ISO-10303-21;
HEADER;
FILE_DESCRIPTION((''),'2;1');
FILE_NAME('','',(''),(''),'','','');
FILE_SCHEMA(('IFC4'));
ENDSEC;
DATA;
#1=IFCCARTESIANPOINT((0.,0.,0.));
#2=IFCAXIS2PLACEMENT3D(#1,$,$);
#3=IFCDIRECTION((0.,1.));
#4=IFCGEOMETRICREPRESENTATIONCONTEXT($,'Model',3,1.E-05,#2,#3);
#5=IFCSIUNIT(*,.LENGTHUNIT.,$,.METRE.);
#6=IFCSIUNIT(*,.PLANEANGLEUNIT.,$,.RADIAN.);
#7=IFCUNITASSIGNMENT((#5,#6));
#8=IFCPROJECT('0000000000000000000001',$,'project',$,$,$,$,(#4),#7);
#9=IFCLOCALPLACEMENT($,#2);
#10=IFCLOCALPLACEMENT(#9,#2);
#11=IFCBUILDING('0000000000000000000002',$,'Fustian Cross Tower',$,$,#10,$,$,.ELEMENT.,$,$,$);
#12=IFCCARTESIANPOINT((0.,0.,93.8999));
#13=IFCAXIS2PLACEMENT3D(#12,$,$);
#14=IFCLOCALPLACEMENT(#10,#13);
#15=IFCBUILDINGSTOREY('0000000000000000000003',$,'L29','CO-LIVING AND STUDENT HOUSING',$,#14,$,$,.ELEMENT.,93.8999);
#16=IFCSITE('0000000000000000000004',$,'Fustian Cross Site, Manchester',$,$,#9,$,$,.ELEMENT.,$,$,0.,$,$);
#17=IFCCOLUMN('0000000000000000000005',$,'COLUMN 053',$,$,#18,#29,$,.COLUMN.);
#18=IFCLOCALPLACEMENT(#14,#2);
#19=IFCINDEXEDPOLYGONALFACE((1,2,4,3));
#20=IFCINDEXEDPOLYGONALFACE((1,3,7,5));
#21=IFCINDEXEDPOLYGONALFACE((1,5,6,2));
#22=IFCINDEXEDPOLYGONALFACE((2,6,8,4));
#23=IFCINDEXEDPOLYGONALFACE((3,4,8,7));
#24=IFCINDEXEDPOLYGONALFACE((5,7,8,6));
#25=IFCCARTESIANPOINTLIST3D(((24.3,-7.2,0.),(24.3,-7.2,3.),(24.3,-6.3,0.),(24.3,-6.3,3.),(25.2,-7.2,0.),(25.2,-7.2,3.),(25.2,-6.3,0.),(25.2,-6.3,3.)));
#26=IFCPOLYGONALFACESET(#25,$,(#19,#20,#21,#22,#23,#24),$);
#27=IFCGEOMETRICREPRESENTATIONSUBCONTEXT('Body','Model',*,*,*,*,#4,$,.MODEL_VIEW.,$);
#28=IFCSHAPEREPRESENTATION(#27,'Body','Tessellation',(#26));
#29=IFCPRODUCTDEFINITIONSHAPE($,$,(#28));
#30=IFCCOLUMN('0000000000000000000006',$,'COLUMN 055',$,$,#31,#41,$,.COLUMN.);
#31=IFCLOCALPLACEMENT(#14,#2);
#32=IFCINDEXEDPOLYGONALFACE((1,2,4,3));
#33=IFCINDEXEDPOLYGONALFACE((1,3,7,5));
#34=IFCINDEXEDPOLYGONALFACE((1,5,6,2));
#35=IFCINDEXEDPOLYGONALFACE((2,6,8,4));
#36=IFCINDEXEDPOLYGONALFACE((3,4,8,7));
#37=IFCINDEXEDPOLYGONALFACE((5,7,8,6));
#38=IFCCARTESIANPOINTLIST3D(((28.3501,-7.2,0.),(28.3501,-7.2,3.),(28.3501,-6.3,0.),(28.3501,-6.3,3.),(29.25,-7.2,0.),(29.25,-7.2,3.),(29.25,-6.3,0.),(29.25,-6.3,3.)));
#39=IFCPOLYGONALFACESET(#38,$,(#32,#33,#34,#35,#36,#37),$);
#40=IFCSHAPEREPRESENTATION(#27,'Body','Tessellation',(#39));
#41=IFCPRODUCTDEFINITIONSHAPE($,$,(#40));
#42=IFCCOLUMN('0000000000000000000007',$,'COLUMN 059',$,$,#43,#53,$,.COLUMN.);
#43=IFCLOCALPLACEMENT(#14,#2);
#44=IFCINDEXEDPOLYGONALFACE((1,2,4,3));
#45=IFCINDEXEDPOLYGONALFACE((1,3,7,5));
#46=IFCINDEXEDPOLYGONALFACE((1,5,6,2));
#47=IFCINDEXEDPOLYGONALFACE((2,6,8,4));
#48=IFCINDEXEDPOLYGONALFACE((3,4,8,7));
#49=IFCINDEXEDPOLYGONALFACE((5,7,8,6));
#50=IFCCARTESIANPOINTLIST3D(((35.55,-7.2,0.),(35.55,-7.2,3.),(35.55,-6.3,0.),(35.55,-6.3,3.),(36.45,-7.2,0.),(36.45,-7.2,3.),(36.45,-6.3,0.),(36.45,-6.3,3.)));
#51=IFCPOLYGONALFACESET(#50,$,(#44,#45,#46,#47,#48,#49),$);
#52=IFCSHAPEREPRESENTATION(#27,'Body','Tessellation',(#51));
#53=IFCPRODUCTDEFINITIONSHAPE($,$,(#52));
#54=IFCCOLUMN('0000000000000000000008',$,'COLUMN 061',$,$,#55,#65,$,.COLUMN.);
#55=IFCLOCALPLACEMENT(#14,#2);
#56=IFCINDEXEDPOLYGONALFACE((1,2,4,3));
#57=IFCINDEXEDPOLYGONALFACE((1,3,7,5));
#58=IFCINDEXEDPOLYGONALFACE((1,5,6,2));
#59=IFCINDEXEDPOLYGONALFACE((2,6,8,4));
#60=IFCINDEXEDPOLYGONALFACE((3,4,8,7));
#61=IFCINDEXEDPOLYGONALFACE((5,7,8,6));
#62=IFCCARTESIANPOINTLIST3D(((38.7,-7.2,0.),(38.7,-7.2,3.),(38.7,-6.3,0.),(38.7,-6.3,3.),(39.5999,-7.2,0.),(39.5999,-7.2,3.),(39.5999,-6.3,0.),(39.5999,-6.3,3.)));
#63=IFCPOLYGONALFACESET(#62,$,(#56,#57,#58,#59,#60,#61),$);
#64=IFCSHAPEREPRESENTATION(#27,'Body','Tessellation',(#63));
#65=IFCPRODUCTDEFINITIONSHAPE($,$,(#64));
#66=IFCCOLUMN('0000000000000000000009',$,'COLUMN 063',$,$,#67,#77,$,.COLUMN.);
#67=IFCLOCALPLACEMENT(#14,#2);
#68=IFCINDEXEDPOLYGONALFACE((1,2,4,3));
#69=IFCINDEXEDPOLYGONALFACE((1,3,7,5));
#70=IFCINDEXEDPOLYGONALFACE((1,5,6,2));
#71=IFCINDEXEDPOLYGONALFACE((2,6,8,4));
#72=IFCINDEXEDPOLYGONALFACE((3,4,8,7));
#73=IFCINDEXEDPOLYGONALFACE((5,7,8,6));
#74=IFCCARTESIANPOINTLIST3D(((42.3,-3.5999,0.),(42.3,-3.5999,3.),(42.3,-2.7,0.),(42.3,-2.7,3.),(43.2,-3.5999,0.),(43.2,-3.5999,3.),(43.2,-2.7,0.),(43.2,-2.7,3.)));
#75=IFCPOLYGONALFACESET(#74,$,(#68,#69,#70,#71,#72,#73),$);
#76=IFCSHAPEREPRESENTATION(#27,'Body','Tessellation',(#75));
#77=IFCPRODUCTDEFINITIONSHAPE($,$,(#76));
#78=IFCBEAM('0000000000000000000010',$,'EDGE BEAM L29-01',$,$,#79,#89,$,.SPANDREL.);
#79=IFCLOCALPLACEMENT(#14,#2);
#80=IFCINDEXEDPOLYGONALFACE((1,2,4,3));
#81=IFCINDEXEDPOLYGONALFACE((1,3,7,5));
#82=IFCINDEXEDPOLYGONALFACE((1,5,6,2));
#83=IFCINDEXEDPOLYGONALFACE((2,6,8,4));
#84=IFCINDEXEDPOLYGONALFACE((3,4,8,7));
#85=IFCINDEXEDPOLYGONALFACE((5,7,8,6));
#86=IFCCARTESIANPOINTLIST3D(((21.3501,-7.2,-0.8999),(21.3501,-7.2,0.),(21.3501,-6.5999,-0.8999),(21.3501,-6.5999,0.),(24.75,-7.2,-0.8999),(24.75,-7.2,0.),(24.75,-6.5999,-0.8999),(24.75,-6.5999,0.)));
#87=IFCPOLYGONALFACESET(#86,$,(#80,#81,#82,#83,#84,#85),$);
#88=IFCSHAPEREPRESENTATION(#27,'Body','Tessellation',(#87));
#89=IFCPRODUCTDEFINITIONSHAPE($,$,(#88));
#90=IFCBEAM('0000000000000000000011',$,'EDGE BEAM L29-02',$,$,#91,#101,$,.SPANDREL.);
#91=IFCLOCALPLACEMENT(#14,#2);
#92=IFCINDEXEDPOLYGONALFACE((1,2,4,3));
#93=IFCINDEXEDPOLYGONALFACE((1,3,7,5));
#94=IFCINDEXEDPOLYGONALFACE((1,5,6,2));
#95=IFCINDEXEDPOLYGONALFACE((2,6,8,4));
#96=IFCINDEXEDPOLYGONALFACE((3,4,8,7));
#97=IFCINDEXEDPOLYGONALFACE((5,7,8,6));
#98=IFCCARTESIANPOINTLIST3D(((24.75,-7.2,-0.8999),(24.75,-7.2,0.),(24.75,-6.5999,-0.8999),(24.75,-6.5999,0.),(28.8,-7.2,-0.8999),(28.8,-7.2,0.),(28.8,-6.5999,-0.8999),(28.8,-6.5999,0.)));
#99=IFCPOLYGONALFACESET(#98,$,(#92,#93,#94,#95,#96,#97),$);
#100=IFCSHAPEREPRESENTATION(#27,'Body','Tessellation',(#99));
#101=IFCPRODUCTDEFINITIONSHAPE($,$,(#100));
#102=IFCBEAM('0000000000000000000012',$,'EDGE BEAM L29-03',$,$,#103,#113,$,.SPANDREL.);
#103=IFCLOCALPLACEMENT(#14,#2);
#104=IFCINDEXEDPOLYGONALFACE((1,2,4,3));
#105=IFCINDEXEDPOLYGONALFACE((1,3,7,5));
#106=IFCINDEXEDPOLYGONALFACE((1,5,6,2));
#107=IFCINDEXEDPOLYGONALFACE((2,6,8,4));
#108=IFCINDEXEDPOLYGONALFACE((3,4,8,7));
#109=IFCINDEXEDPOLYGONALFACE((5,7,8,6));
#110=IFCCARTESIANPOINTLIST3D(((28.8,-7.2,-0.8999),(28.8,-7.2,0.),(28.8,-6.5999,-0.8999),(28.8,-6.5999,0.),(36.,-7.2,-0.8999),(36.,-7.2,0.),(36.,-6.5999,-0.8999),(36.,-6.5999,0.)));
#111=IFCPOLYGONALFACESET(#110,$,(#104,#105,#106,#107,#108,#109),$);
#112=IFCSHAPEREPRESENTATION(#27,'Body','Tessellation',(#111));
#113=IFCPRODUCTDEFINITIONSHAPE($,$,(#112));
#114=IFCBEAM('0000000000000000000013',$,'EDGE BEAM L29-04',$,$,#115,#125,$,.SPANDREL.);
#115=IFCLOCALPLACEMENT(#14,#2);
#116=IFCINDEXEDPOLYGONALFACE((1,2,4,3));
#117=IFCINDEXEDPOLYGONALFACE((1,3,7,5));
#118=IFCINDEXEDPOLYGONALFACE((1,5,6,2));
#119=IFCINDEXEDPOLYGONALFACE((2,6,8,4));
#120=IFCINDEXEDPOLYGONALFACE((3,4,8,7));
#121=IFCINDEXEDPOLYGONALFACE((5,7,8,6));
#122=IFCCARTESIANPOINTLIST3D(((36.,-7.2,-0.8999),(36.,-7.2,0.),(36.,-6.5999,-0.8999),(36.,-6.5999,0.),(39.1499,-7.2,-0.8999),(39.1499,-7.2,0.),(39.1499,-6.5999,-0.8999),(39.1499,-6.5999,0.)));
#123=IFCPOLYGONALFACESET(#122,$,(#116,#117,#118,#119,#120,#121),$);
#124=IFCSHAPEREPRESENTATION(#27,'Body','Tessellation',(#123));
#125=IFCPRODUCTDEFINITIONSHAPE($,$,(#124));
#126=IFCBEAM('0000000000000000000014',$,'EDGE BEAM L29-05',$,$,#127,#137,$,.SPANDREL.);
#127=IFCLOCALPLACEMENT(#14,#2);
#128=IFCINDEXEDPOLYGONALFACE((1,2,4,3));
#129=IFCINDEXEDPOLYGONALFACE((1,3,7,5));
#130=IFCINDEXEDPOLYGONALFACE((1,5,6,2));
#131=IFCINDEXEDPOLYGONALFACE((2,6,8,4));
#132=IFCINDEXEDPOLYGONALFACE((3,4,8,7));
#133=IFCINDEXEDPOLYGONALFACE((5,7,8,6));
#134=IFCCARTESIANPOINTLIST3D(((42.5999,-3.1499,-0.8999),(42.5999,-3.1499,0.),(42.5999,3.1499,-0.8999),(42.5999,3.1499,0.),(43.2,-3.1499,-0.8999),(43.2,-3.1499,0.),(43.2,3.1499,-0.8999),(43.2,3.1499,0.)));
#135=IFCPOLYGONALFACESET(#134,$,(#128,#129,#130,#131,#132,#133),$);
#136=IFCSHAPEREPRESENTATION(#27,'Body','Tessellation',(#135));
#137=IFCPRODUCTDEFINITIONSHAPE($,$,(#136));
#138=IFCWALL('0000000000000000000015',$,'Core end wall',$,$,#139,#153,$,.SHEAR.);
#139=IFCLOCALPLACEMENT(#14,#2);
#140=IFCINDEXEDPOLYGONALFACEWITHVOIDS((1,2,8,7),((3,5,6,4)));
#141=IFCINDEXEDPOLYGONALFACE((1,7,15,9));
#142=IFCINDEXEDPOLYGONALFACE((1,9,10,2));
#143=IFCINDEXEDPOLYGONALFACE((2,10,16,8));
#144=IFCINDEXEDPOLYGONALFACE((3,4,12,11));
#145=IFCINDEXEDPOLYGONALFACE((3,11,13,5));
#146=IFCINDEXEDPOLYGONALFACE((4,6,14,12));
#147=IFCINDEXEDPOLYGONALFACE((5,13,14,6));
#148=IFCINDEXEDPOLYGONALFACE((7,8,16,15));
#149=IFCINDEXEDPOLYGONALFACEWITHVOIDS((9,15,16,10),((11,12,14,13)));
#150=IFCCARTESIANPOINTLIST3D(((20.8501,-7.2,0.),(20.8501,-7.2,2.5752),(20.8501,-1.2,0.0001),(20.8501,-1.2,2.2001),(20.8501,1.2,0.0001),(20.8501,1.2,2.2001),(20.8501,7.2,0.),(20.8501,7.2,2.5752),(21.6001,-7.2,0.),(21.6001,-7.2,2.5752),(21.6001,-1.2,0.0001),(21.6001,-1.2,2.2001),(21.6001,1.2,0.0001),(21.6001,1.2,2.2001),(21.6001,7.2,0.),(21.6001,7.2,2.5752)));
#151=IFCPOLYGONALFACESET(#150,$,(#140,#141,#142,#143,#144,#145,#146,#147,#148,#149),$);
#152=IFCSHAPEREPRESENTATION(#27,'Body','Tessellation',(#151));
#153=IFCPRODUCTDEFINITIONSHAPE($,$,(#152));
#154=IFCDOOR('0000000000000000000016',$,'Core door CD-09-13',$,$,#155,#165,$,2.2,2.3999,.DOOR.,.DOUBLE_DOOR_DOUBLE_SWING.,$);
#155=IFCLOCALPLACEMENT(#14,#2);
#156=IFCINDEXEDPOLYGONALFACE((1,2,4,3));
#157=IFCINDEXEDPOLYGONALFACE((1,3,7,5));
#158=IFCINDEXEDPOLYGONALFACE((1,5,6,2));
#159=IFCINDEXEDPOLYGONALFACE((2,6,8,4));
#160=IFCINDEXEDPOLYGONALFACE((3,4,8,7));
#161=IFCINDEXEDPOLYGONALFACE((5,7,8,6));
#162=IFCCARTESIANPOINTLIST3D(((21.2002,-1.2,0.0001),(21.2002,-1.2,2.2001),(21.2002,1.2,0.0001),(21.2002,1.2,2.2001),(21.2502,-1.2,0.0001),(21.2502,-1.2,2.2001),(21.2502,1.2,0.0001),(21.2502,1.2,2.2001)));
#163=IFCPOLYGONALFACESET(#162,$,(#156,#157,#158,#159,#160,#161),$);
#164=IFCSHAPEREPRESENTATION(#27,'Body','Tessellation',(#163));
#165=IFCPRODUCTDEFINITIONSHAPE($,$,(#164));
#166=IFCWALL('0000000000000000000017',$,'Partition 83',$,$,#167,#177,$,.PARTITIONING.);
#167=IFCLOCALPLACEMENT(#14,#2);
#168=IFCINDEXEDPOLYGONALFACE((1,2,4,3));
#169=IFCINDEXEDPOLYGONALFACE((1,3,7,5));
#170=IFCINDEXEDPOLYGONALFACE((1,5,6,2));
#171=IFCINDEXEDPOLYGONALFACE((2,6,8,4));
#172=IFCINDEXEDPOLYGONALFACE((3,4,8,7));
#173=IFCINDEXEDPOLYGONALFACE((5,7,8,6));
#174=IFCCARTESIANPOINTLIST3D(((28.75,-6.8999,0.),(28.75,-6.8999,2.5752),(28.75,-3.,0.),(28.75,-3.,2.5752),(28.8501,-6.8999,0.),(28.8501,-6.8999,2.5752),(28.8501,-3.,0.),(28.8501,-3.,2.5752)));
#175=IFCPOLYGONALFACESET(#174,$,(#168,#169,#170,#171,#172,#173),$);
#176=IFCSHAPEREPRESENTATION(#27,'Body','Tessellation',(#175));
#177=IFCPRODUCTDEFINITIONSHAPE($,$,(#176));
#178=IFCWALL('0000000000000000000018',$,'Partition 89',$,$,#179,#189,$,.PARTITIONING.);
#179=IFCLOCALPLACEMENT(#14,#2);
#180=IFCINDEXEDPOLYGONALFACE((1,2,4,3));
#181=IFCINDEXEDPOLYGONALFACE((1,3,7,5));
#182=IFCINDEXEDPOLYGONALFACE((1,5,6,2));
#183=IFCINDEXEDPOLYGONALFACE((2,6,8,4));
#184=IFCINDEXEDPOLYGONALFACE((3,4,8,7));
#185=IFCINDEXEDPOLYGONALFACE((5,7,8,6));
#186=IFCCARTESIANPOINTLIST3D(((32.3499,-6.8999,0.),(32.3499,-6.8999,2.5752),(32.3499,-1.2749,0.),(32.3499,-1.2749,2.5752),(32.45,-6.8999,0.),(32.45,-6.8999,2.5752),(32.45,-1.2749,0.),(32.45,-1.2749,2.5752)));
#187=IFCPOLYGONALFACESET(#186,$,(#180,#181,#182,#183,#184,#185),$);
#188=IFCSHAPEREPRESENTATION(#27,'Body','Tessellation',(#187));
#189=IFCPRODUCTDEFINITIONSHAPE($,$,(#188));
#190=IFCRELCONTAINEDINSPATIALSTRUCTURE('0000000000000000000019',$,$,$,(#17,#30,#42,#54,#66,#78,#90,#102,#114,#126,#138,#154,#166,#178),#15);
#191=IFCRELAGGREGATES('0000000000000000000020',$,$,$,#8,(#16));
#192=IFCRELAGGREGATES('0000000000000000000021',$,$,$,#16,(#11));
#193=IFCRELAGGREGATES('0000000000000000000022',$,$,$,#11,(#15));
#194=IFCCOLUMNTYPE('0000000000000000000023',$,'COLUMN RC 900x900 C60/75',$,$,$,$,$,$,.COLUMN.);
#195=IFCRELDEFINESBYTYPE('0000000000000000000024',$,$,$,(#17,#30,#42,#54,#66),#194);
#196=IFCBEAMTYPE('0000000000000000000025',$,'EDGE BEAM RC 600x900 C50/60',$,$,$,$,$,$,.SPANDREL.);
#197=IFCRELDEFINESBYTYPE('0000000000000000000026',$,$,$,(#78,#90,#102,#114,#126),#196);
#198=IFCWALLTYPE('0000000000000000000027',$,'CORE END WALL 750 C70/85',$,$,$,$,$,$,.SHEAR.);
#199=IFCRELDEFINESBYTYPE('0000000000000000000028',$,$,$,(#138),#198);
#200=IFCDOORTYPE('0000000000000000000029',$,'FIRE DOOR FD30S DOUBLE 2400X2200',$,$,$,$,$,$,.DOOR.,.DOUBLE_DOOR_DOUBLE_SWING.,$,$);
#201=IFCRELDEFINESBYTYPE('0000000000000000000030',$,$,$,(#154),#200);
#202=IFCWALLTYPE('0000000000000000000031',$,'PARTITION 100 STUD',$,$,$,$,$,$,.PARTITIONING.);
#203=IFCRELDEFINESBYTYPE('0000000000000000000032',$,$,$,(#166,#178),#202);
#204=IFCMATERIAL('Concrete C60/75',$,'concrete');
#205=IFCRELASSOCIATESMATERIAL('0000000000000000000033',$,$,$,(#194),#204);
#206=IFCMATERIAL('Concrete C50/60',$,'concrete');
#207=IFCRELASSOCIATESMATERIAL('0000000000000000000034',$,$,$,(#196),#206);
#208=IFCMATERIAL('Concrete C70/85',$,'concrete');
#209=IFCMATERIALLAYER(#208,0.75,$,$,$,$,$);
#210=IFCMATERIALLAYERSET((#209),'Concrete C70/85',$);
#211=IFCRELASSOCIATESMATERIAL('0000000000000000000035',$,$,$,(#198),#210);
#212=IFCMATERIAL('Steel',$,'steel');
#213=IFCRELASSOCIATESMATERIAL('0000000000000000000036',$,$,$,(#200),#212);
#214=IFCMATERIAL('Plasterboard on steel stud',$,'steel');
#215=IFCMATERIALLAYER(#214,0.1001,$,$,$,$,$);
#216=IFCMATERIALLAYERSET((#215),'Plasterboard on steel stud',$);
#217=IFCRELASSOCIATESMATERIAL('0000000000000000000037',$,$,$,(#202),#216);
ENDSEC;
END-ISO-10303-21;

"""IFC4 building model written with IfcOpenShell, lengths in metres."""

from ifc_helpers import new_model, si_unit, direction, frame, frame_2d, origin, origin_2d, place, context, subcontext, project, spatial, rectangle, extrude, material, layer, layer_set, material_profile, profile_set, type_object, element, fill, save


model = new_model("IFC4")

# Units and contexts
model_context = context("Model", 3, precision=1e-05, world=origin(), true_north=direction((0.0, 1.0)))
body_context = subcontext(model_context, "Body", "Model", "MODEL_VIEW")
ifc_project = project(units=[si_unit("LENGTHUNIT", "METRE"), si_unit("PLANEANGLEUNIT", "RADIAN")], contexts=[model_context])

# Site, building, storey
site_placement = place(None, origin())
site = spatial("IfcSite", under=ifc_project, at=site_placement, Name="Fustian Cross Site, Manchester", CompositionType="ELEMENT", RefElevation=0.0)
building_placement = place(site_placement, origin())
building = spatial("IfcBuilding", under=site, at=building_placement, Name="Fustian Cross Tower", CompositionType="ELEMENT")
storey_placement = place(building_placement, frame((0.0, 0.0, 93.8999)))
storey = spatial("IfcBuildingStorey", under=building, at=storey_placement, Name="L29", Description="CO-LIVING AND STUDENT HOUSING", CompositionType="ELEMENT", Elevation=93.8999)

# Columns
ifc_material_1 = material(Name="Concrete C60/75", Category="concrete")
ifc_material_profile_1 = material_profile(ifc_material_1, rectangle(XDim=0.8999, YDim=0.8999, at=origin_2d()), Name="RC 900x900")
ifc_profile_set_1 = profile_set([ifc_material_profile_1], Name="Concrete C60/75")
column_type = type_object("IfcColumnType", Name="COLUMN RC 900x900 C60/75", PredefinedType="COLUMN", material=ifc_profile_set_1)
for number, where, z_axis, x_axis, name in (
    (1, (24.75, -6.75, 0.0), (0.0, 0.0, 1.0), (1.0, 0.0, 0.0), "COLUMN 053"),
    (2, (28.8, -6.75, 0.0), (0.0, 0.0, 1.0), (1.0, 0.0, 0.0), "COLUMN 055"),
    (3, (36.0, -6.75, 0.0), (0.0, 0.0, 1.0), (1.0, 0.0, 0.0), "COLUMN 059"),
    (4, (39.1499, -6.75, 0.0), (0.0, 0.0, 1.0), (1.0, 0.0, 0.0), "COLUMN 061"),
    (5, (42.75, -3.1499, 0.0), (0.0, 0.0, 1.0), (1.0, 0.0, 0.0), "COLUMN 063"),
):
    element("IfcColumn", number, at=place(storey_placement, frame(where, z_axis=z_axis, x_axis=x_axis)), inside=storey, type_object=column_type, Name=name, PredefinedType="COLUMN", context=body_context, shape_type="SweptSolid", body=[
        extrude(rectangle(XDim=0.8999, YDim=0.8999, at=origin_2d()), origin(), (0.0, 0.0, 1.0), 3.0),
    ])

# Beams
ifc_material_2 = material(Name="Concrete C50/60", Category="concrete")
ifc_material_profile_2 = material_profile(ifc_material_2, rectangle(XDim=0.6001, YDim=0.8999, at=origin_2d()), Name="RC 600x900")
ifc_profile_set_2 = profile_set([ifc_material_profile_2], Name="Concrete C50/60")
beam_type = type_object("IfcBeamType", Name="EDGE BEAM RC 600x900 C50/60", PredefinedType="SPANDREL", material=ifc_profile_set_2)
beam_1_placement = place(storey_placement, frame((21.3501, -6.8999, -0.45), z_axis=(1.0, 0.0, 0.0), x_axis=(0.0, 1.0, 0.0)))
element("IfcBeam", 6, at=beam_1_placement, inside=storey, type_object=beam_type, Name="EDGE BEAM L29-01", PredefinedType="SPANDREL", context=body_context, shape_type="SweptSolid", body=[
    extrude(rectangle(XDim=0.6001, YDim=0.8999, at=origin_2d()), origin(), (0.0, 0.0, 1.0), 3.3999),
])
beam_2_placement = place(storey_placement, frame((24.75, -6.8999, -0.45), z_axis=(1.0, 0.0, 0.0), x_axis=(0.0, 1.0, 0.0)))
element("IfcBeam", 7, at=beam_2_placement, inside=storey, type_object=beam_type, Name="EDGE BEAM L29-02", PredefinedType="SPANDREL", context=body_context, shape_type="SweptSolid", body=[
    extrude(rectangle(XDim=0.6001, YDim=0.8999, at=origin_2d()), origin(), (0.0, 0.0, 1.0), 4.05),
])
beam_3_placement = place(storey_placement, frame((28.8, -6.8999, -0.45), z_axis=(1.0, 0.0, 0.0), x_axis=(0.0, 1.0, 0.0)))
element("IfcBeam", 8, at=beam_3_placement, inside=storey, type_object=beam_type, Name="EDGE BEAM L29-03", PredefinedType="SPANDREL", context=body_context, shape_type="SweptSolid", body=[
    extrude(rectangle(XDim=0.6001, YDim=0.8999, at=origin_2d()), origin(), (0.0, 0.0, 1.0), 7.2),
])
beam_4_placement = place(storey_placement, frame((36.0, -6.8999, -0.45), z_axis=(1.0, 0.0, 0.0), x_axis=(0.0, 1.0, 0.0)))
element("IfcBeam", 9, at=beam_4_placement, inside=storey, type_object=beam_type, Name="EDGE BEAM L29-04", PredefinedType="SPANDREL", context=body_context, shape_type="SweptSolid", body=[
    extrude(rectangle(XDim=0.6001, YDim=0.8999, at=origin_2d()), origin(), (0.0, 0.0, 1.0), 3.1499),
])
beam_5_placement = place(storey_placement, frame((42.8999, -3.1499, -0.45), z_axis=(0.0, 1.0, 0.0), x_axis=(-1.0, 0.0, 0.0)))
element("IfcBeam", 10, at=beam_5_placement, inside=storey, type_object=beam_type, Name="EDGE BEAM L29-05", PredefinedType="SPANDREL", context=body_context, shape_type="SweptSolid", body=[
    extrude(rectangle(XDim=0.6001, YDim=0.8999, at=origin_2d()), origin(), (0.0, 0.0, 1.0), 6.2998),
])

# Wall, opening, door
ifc_material_3 = material(Name="Concrete C70/85", Category="concrete")
ifc_layer_1 = layer(ifc_material_3, 0.75)
ifc_layer_set_1 = layer_set([ifc_layer_1], Name="Concrete C70/85")
wall_type_1 = type_object("IfcWallType", Name="CORE END WALL 750 C70/85", PredefinedType="SHEAR", material=ifc_layer_set_1)
wall_1_placement = place(storey_placement, frame((21.2251, -7.2, 0.0), z_axis=(0.0, 0.0, 1.0), x_axis=(0.0, 1.0, 0.0)))
wall_1 = element("IfcWall", 11, at=wall_1_placement, inside=storey, type_object=wall_type_1, Name="Core end wall", PredefinedType="SHEAR", context=body_context, shape_type="SweptSolid", body=[
    extrude(rectangle(XDim=14.3999, YDim=0.75, at=frame_2d((7.2, 0.0))), origin(), (0.0, 0.0, 1.0), 2.5752),
])
opening_1_placement = place(wall_1_placement, frame((6.0, 0.0, 0.0)))
opening_1 = element("IfcOpeningElement", 12, at=opening_1_placement, cuts=wall_1, PredefinedType="OPENING", context=body_context, shape_type="SweptSolid", body=[
    extrude(rectangle(XDim=2.3999, YDim=2.2, at=frame_2d((1.2, 1.1001))), frame((0.0, 0.385, 0.0), z_axis=(0.0, -1.0, 0.0), x_axis=(1.0, 0.0, 0.0)), (0.0, 0.0, 1.0), 0.77),
])
ifc_material_4 = material(Name="Steel", Category="steel")
door_type = type_object("IfcDoorType", Name="FIRE DOOR FD30S DOUBLE 2400X2200", OperationType="DOUBLE_DOOR_DOUBLE_SWING", PredefinedType="DOOR", material=ifc_material_4)
door_placement = place(opening_1_placement, origin())
door = element("IfcDoor", 13, at=door_placement, inside=storey, type_object=door_type, Name="Core door CD-09-13", OperationType="DOUBLE_DOOR_DOUBLE_SWING", OverallHeight=2.2, OverallWidth=2.3999, PredefinedType="DOOR", context=body_context, shape_type="SweptSolid", body=[
    extrude(rectangle(XDim=2.3999, YDim=2.2, at=frame_2d((1.2, 1.1001))), frame((0.0, 0.0249, 0.0), z_axis=(0.0, -1.0, 0.0), x_axis=(1.0, 0.0, 0.0)), (0.0, 0.0, 1.0), 0.05),
])
fill(opening_1, door)

# Walls
ifc_material_5 = material(Name="Plasterboard on steel stud", Category="steel")
ifc_layer_2 = layer(ifc_material_5, 0.1001)
ifc_layer_set_2 = layer_set([ifc_layer_2], Name="Plasterboard on steel stud")
wall_type_2 = type_object("IfcWallType", Name="PARTITION 100 STUD", PredefinedType="PARTITIONING", material=ifc_layer_set_2)
wall_2_placement = place(storey_placement, frame((28.8, -6.8999, 0.0), z_axis=(0.0, 0.0, 1.0), x_axis=(0.0, 1.0, 0.0)))
element("IfcWall", 14, at=wall_2_placement, inside=storey, type_object=wall_type_2, Name="Partition 83", PredefinedType="PARTITIONING", context=body_context, shape_type="SweptSolid", body=[
    extrude(rectangle(XDim=3.8999, YDim=0.1001, at=frame_2d((1.95, 0.0))), origin(), (0.0, 0.0, 1.0), 2.5752),
])
wall_3_placement = place(storey_placement, frame((32.3999, -6.8999, 0.0), z_axis=(0.0, 0.0, 1.0), x_axis=(0.0, 1.0, 0.0)))
element("IfcWall", 15, at=wall_3_placement, inside=storey, type_object=wall_type_2, Name="Partition 89", PredefinedType="PARTITIONING", context=body_context, shape_type="SweptSolid", body=[
    extrude(rectangle(XDim=5.625, YDim=0.1001, at=frame_2d((2.8125, 0.0))), origin(), (0.0, 0.0, 1.0), 2.5752),
])

save(model, "model.ifc")
